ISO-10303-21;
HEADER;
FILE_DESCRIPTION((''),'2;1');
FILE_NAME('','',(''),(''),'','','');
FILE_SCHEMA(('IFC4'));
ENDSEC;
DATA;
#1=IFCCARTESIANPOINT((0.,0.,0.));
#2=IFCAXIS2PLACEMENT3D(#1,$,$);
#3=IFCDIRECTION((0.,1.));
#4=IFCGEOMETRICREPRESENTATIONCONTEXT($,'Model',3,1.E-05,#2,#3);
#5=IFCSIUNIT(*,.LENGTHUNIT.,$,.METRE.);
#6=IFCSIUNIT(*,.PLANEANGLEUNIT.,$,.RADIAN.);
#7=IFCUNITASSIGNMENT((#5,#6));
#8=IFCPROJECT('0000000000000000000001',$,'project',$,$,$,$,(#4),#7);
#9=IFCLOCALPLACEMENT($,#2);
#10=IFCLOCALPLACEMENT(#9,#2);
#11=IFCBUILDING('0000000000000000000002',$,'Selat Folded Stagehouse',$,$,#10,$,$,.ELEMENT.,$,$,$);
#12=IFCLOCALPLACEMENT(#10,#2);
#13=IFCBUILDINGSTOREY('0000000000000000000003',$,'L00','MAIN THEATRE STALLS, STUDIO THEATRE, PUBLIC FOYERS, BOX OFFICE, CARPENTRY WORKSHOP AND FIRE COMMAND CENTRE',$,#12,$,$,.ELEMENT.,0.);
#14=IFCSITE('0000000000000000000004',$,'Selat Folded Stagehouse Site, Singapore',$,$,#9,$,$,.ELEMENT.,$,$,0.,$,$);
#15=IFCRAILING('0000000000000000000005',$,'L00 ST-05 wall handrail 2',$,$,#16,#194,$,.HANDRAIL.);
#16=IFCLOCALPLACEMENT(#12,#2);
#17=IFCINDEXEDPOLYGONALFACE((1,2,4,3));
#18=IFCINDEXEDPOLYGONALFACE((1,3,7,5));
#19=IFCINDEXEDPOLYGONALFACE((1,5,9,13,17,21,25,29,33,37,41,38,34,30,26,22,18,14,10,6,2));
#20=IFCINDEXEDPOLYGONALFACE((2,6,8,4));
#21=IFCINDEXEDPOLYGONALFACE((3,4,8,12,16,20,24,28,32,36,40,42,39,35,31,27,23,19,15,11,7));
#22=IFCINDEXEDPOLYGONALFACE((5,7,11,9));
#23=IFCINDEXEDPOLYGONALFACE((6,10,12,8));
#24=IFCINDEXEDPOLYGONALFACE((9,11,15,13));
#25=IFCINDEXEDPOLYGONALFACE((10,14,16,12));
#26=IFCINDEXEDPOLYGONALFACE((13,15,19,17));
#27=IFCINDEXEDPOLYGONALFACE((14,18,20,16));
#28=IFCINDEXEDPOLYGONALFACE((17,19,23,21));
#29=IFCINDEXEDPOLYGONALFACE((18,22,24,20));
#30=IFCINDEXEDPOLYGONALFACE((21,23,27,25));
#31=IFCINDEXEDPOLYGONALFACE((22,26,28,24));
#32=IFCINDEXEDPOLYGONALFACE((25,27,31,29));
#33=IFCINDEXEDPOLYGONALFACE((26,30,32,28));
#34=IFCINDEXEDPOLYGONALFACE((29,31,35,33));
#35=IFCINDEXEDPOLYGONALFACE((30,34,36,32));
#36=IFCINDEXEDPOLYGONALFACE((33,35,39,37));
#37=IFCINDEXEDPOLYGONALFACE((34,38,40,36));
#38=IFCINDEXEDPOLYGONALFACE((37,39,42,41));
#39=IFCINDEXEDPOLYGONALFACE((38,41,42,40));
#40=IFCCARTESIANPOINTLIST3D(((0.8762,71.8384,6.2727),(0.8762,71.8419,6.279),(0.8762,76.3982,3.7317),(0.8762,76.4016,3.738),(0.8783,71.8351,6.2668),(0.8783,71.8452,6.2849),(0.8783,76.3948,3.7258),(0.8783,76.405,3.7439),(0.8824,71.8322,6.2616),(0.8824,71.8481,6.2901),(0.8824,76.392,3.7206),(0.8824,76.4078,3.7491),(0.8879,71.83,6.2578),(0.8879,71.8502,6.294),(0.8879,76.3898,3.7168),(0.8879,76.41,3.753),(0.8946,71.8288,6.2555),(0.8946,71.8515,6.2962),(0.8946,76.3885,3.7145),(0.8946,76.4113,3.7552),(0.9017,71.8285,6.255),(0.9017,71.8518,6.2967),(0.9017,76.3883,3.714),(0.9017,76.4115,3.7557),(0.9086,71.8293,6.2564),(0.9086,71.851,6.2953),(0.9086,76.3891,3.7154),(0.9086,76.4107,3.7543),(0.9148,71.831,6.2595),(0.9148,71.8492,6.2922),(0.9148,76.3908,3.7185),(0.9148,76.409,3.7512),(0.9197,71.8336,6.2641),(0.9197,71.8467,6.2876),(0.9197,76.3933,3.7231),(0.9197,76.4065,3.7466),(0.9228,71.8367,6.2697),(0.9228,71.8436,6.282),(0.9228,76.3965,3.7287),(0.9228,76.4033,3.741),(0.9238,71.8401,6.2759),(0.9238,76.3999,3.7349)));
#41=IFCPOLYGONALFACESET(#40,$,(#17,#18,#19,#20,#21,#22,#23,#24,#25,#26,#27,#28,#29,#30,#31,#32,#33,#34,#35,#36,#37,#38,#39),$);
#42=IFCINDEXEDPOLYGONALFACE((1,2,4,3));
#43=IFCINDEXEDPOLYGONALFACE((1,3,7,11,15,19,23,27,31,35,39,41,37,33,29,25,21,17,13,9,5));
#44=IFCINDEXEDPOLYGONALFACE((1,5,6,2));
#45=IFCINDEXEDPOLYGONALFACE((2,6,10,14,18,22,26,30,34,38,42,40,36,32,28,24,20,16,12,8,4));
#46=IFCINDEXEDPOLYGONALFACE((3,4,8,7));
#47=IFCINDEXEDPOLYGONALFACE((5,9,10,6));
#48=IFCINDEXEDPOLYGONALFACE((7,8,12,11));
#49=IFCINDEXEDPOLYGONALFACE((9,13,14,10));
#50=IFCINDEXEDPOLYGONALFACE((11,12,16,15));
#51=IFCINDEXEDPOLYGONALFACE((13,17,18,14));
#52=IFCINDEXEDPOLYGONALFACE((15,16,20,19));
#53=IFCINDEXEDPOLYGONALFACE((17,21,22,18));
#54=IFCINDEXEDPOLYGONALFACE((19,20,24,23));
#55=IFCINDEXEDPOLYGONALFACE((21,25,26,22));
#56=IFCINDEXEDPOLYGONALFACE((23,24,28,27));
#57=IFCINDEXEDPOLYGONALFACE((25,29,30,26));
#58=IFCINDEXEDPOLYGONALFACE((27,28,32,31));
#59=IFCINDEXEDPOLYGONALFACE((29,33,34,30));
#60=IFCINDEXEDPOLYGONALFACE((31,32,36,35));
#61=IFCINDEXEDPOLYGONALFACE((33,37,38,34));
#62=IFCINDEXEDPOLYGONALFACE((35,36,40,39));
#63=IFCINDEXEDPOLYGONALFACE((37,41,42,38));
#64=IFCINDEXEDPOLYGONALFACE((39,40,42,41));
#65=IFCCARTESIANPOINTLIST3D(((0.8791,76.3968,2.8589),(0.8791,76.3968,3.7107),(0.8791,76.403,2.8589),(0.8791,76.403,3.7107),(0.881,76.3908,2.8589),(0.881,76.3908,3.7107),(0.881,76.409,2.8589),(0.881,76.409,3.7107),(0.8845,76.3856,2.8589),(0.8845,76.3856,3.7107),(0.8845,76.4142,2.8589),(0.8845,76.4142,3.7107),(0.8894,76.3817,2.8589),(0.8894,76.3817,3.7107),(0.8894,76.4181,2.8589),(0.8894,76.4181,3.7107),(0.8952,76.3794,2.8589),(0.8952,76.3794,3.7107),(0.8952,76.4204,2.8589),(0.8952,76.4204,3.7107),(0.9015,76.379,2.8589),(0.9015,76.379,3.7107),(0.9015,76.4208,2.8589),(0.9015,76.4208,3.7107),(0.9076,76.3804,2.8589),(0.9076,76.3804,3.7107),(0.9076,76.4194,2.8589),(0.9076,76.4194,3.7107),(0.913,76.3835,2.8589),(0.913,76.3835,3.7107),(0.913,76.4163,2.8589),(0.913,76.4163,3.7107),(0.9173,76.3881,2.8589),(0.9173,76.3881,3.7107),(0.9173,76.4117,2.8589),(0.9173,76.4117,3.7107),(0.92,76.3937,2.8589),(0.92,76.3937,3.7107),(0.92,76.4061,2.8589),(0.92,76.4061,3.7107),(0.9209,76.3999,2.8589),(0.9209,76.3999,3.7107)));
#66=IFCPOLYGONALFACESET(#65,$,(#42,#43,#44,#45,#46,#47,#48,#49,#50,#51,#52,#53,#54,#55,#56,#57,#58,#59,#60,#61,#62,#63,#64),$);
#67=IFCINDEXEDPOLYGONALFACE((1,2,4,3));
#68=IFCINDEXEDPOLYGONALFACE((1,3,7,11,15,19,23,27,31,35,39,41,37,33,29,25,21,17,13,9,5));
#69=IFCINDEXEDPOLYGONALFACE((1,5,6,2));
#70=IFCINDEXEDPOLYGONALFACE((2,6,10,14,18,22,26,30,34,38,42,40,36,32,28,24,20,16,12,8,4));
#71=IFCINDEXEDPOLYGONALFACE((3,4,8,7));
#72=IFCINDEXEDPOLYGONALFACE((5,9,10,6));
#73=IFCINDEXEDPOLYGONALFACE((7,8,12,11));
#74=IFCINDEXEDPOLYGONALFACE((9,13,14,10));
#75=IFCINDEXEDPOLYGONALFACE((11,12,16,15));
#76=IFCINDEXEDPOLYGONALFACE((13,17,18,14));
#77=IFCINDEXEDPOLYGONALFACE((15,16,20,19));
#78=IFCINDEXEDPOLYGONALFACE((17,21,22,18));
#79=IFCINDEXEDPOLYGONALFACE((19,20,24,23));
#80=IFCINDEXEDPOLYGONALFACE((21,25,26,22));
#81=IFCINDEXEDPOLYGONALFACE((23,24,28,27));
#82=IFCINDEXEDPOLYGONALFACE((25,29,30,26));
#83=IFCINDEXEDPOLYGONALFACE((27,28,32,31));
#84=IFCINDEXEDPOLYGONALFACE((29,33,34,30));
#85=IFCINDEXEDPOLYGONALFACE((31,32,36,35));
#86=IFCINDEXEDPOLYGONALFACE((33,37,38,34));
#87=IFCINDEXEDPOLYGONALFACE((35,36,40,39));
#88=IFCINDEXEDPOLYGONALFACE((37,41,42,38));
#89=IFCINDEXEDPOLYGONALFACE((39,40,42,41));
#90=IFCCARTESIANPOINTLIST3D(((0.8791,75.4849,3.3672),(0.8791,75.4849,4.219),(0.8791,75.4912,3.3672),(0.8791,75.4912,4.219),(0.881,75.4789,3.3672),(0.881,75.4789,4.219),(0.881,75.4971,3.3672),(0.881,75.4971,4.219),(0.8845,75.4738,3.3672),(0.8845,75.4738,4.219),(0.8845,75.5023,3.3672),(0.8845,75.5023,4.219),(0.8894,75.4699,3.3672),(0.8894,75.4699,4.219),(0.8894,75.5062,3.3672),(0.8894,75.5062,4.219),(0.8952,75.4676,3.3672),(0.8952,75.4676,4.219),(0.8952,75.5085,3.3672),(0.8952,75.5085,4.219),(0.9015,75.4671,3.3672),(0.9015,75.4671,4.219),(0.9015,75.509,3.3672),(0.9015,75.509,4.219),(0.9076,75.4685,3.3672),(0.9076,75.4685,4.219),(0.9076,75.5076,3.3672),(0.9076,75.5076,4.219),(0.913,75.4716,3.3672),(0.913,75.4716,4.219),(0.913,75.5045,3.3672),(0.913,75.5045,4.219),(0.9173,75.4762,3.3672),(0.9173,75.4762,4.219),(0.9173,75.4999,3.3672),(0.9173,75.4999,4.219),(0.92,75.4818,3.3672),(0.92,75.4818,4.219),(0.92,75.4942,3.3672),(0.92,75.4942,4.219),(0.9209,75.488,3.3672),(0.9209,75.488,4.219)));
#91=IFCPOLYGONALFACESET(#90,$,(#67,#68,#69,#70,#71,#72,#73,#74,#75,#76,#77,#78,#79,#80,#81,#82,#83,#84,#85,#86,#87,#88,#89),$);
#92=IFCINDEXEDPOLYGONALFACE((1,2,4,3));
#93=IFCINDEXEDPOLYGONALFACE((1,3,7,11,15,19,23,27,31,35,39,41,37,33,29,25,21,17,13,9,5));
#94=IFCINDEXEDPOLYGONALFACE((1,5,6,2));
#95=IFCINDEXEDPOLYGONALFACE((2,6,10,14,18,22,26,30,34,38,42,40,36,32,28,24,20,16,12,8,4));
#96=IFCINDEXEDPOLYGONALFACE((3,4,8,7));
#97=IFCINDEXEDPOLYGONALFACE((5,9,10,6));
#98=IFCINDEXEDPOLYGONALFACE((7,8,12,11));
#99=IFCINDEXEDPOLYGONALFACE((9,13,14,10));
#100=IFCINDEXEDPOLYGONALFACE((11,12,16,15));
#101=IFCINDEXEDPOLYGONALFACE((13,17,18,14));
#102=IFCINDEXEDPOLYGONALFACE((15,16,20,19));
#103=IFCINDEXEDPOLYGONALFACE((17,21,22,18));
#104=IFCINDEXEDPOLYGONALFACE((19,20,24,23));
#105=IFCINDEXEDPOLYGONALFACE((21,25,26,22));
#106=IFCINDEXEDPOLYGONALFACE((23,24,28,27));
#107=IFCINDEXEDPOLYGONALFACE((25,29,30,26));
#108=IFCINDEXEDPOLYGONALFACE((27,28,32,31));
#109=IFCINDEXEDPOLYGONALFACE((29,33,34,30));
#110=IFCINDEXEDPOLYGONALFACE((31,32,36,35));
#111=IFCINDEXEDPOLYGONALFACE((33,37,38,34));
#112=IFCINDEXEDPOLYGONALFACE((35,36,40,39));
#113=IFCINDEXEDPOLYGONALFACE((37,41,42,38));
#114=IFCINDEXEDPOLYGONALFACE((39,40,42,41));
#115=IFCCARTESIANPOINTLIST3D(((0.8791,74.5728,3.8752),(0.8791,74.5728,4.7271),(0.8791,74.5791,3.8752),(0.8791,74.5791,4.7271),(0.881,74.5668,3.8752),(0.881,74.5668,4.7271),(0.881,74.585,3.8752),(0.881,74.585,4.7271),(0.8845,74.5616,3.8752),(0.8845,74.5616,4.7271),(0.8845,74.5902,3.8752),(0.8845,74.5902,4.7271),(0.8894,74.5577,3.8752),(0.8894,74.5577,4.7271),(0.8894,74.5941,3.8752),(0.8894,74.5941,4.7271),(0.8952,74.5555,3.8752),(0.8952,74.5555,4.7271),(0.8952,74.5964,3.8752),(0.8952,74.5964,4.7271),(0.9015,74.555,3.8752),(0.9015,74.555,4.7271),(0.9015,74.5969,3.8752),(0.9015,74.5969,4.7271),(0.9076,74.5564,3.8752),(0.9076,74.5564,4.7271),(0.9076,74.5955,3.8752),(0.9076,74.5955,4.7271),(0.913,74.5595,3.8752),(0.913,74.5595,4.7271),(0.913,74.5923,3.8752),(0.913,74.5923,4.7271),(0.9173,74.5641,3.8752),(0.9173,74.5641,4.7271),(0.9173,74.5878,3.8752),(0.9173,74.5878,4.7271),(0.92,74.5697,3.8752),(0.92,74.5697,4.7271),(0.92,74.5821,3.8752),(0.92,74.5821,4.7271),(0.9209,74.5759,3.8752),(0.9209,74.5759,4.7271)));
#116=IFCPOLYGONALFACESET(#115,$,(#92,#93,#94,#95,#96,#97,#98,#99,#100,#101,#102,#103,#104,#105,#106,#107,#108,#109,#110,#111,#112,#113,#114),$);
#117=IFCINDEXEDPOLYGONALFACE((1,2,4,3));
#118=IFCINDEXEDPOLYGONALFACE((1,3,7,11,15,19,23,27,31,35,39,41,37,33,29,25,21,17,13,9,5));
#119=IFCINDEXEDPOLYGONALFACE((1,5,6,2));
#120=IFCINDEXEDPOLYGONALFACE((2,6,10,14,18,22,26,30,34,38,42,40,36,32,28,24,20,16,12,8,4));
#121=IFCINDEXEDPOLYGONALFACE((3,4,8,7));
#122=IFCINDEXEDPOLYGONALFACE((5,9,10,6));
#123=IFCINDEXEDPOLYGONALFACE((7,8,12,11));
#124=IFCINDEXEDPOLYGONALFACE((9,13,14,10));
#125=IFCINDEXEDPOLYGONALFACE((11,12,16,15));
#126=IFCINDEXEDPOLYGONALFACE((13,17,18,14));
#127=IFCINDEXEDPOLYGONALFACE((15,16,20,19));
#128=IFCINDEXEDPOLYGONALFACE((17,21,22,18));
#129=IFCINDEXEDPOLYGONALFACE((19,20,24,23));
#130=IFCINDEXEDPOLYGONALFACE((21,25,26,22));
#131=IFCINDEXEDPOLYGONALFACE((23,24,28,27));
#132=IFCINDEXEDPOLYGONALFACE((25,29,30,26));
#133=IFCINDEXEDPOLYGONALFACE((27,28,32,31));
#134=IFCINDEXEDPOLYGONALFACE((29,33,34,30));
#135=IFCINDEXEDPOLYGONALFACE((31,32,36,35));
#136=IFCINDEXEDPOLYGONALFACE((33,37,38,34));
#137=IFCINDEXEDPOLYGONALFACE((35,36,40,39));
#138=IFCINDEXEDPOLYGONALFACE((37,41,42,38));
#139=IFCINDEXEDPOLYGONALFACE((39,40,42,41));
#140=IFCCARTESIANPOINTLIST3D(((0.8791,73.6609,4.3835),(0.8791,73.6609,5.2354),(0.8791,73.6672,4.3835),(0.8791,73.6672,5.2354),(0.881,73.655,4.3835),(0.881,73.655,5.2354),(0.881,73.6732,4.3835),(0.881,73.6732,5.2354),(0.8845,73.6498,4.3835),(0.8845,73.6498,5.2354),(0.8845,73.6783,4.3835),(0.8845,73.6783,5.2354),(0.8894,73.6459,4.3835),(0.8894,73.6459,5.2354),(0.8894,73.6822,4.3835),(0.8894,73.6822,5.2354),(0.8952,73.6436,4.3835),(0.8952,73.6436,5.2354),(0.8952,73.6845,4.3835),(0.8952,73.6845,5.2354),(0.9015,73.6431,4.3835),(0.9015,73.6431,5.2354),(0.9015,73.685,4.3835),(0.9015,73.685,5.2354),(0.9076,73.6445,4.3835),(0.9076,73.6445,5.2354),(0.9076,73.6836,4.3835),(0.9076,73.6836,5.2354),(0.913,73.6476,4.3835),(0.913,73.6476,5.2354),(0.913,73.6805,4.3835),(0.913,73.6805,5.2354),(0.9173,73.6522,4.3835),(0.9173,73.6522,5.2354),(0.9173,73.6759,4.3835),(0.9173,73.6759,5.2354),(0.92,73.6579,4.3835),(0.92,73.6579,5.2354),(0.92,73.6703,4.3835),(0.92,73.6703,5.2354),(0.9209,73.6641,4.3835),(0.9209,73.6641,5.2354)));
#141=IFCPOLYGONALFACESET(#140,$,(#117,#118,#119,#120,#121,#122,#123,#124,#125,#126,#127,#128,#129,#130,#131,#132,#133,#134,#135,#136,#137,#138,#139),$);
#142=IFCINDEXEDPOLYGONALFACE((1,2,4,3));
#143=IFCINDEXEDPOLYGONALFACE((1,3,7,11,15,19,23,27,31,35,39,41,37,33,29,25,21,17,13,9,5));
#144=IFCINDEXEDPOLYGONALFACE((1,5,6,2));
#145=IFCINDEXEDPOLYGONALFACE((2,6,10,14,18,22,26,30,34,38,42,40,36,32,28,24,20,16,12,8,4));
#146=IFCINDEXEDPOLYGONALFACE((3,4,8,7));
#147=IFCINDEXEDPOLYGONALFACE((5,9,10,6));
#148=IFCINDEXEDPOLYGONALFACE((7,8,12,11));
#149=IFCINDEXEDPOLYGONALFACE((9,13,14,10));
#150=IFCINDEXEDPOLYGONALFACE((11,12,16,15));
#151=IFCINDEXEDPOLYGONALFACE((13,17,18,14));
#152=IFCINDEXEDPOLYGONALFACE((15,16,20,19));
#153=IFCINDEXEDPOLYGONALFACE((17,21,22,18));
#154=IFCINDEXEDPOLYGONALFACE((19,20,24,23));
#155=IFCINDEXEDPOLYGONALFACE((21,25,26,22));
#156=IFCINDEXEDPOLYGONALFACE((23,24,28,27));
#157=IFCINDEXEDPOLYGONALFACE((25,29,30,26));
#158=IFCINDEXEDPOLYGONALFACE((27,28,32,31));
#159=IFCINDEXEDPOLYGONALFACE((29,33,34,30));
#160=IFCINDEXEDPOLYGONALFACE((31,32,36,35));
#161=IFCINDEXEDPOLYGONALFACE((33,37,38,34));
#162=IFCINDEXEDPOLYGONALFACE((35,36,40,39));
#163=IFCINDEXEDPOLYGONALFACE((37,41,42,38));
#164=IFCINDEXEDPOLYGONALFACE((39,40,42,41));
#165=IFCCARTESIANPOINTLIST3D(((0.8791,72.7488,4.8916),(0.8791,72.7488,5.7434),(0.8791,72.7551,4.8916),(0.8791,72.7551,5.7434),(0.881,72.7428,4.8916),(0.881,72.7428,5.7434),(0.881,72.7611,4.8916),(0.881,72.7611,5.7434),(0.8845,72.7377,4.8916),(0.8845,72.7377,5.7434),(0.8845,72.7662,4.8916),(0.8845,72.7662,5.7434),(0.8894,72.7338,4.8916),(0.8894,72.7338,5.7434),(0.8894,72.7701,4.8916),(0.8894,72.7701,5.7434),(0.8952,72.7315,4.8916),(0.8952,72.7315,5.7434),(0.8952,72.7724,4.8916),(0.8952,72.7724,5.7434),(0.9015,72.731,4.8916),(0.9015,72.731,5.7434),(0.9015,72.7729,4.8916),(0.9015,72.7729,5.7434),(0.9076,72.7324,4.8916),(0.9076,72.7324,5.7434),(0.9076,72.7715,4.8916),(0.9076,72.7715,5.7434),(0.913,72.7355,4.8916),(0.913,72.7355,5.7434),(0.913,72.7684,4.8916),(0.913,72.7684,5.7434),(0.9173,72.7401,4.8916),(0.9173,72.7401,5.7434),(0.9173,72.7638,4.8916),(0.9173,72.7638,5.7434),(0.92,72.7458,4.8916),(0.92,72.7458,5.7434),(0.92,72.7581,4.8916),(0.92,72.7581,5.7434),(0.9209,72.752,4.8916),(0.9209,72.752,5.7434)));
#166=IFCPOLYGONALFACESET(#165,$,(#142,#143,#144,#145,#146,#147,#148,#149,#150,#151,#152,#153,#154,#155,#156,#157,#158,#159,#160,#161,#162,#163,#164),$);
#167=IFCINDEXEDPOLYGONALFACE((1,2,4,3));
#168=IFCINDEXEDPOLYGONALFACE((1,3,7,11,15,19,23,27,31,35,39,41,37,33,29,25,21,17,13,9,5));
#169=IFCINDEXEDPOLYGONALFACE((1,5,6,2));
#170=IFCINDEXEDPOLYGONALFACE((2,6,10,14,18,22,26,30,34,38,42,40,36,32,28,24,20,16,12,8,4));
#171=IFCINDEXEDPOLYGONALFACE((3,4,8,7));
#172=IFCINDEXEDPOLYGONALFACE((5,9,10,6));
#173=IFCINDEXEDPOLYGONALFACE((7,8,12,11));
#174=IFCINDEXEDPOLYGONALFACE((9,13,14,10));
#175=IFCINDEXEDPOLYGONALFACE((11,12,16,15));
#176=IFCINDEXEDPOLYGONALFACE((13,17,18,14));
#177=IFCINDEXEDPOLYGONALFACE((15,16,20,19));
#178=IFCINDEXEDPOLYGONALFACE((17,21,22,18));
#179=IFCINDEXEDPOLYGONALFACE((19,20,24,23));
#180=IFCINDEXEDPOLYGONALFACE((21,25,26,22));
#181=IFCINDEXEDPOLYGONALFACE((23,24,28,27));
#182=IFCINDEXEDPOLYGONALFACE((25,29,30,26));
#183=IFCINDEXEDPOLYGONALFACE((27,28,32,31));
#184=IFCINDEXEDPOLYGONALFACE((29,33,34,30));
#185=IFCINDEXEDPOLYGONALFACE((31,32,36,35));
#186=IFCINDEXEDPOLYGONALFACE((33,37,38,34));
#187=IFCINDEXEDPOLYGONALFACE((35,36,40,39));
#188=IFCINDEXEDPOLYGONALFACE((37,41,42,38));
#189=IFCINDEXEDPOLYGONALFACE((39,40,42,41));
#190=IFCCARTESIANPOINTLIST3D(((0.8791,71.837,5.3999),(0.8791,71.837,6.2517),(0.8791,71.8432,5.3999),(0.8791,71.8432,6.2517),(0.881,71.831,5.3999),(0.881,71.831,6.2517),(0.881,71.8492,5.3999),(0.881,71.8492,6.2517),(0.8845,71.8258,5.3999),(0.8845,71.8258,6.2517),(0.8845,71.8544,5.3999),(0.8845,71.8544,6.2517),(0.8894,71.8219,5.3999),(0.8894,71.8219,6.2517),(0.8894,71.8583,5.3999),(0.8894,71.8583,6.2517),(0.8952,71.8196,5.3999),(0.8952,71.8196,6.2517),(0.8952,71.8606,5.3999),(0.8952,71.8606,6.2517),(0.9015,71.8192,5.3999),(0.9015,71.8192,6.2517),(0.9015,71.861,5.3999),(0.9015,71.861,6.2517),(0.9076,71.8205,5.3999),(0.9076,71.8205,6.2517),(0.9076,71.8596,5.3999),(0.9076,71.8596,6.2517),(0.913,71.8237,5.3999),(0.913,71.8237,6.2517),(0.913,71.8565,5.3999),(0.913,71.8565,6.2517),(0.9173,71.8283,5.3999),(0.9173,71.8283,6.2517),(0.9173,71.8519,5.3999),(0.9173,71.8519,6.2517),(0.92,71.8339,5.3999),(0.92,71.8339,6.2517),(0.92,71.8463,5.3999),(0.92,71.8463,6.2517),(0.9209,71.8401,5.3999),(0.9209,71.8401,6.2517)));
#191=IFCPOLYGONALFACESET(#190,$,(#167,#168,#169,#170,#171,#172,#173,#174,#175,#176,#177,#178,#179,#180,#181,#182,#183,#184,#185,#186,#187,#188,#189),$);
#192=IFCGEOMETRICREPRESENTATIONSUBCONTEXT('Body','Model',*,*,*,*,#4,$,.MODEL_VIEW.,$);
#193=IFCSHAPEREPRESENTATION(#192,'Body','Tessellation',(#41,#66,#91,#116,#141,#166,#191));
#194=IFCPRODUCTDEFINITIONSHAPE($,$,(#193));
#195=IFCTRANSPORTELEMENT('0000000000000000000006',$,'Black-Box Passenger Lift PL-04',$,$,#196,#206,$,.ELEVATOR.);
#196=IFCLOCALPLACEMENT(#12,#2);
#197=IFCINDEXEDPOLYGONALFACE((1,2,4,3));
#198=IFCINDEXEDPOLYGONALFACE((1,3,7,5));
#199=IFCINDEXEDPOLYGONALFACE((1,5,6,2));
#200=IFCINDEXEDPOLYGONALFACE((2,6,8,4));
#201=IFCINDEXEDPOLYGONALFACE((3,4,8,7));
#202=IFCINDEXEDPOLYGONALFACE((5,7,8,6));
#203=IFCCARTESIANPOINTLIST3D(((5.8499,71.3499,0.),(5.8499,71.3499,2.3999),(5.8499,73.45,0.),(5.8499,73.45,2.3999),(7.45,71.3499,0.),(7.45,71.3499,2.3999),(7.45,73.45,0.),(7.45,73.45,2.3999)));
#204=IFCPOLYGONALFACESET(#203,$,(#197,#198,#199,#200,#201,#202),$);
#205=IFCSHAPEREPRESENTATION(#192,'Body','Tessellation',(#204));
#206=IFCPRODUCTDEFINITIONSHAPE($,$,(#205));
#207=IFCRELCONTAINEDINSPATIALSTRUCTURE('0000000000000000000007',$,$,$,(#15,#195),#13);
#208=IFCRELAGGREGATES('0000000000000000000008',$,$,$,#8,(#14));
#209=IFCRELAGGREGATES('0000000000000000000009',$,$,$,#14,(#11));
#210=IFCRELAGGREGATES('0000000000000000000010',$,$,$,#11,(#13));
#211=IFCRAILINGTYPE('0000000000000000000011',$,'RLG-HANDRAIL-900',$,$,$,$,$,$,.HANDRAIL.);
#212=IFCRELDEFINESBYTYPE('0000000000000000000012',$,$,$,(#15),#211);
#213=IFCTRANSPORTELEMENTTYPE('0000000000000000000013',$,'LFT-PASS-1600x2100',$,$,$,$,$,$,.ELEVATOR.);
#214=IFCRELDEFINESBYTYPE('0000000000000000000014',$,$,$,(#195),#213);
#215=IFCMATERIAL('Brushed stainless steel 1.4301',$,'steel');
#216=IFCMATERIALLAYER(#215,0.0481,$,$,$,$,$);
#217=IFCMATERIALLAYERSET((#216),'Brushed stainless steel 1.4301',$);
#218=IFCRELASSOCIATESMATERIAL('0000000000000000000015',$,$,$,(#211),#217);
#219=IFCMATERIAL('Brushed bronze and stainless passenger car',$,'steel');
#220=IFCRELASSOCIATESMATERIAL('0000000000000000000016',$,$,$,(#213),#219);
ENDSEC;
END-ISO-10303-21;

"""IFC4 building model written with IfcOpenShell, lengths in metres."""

from ifc_helpers import new_model, si_unit, direction, frame, origin, origin_2d, place, context, subcontext, project, spatial, rectangle, circle, extrude, material, layer, layer_set, type_object, element, save


model = new_model("IFC4")

# Units and contexts
model_context = context("Model", 3, precision=1e-05, world=origin(), true_north=direction((0.0, 1.0)))
body_context = subcontext(model_context, "Body", "Model", "MODEL_VIEW")
ifc_project = project(units=[si_unit("LENGTHUNIT", "METRE"), si_unit("PLANEANGLEUNIT", "RADIAN")], contexts=[model_context])

# Site, building, storey
site_placement = place(None, origin())
site = spatial("IfcSite", under=ifc_project, at=site_placement, Name="Selat Folded Stagehouse Site, Singapore", CompositionType="ELEMENT", RefElevation=0.0)
building_placement = place(site_placement, origin())
building = spatial("IfcBuilding", under=site, at=building_placement, Name="Selat Folded Stagehouse", CompositionType="ELEMENT")
storey_placement = place(building_placement, origin())
storey = spatial("IfcBuildingStorey", under=building, at=storey_placement, Name="L00", Description="MAIN THEATRE STALLS, STUDIO THEATRE, PUBLIC FOYERS, BOX OFFICE, CARPENTRY WORKSHOP AND FIRE COMMAND CENTRE", CompositionType="ELEMENT", Elevation=0.0)

# Railing
ifc_material_1 = material(Name="Brushed stainless steel 1.4301", Category="steel")
ifc_layer_1 = layer(ifc_material_1, 0.0481)
ifc_layer_set_1 = layer_set([ifc_layer_1], Name="Brushed stainless steel 1.4301")
railing_type_1 = type_object("IfcRailingType", Name="RLG-HANDRAIL-900", PredefinedType="HANDRAIL", material=ifc_layer_set_1)
railing_1_placement = place(storey_placement, frame((0.8999, 76.3999, 2.8589)))
element("IfcRailing", 1, at=railing_1_placement, inside=storey, type_object=railing_type_1, Name="L00 ST-05 wall handrail 2", PredefinedType="HANDRAIL", context=body_context, shape_type="SweptSolid", body=[
    extrude(circle(Radius=0.0239, at=origin_2d()), frame((0.0, 0.0, 0.876), z_axis=(0.0, -0.873523, 0.486782), x_axis=(1.0, 0.0, 0.0)), (0.0, 0.0, 1.0), 5.22),
    extrude(circle(Radius=0.021, at=origin_2d()), origin(), (0.0, 0.0, 1.0), 0.8518),
    extrude(circle(Radius=0.021, at=origin_2d()), frame((0.0, -0.9119, 0.5083)), (0.0, 0.0, 1.0), 0.8518),
    extrude(circle(Radius=0.021, at=origin_2d()), frame((0.0, -1.824, 1.0164)), (0.0, 0.0, 1.0), 0.8518),
    extrude(circle(Radius=0.021, at=origin_2d()), frame((0.0, -2.7358, 1.5247)), (0.0, 0.0, 1.0), 0.8518),
    extrude(circle(Radius=0.021, at=origin_2d()), frame((0.0, -3.6479, 2.0327)), (0.0, 0.0, 1.0), 0.8518),
    extrude(circle(Radius=0.021, at=origin_2d()), frame((0.0, -4.5598, 2.541)), (0.0, 0.0, 1.0), 0.8518),
])

# Transport element
ifc_material_2 = material(Name="Brushed bronze and stainless passenger car", Category="steel")
transport_element_type = type_object("IfcTransportElementType", Name="LFT-PASS-1600x2100", PredefinedType="ELEVATOR", material=ifc_material_2)
transport_element_placement = place(storey_placement, frame((6.6499, 72.3999, 0.0), z_axis=(0.0, 0.0, 1.0), x_axis=(1.0, 0.0, 0.0)))
element("IfcTransportElement", 2, at=transport_element_placement, inside=storey, type_object=transport_element_type, Name="Black-Box Passenger Lift PL-04", PredefinedType="ELEVATOR", context=body_context, shape_type="SweptSolid", body=[
    extrude(rectangle(XDim=1.6001, YDim=2.1001, at=origin_2d()), origin(), (0.0, 0.0, 1.0), 2.3999),
])

save(model, "model.ifc")
